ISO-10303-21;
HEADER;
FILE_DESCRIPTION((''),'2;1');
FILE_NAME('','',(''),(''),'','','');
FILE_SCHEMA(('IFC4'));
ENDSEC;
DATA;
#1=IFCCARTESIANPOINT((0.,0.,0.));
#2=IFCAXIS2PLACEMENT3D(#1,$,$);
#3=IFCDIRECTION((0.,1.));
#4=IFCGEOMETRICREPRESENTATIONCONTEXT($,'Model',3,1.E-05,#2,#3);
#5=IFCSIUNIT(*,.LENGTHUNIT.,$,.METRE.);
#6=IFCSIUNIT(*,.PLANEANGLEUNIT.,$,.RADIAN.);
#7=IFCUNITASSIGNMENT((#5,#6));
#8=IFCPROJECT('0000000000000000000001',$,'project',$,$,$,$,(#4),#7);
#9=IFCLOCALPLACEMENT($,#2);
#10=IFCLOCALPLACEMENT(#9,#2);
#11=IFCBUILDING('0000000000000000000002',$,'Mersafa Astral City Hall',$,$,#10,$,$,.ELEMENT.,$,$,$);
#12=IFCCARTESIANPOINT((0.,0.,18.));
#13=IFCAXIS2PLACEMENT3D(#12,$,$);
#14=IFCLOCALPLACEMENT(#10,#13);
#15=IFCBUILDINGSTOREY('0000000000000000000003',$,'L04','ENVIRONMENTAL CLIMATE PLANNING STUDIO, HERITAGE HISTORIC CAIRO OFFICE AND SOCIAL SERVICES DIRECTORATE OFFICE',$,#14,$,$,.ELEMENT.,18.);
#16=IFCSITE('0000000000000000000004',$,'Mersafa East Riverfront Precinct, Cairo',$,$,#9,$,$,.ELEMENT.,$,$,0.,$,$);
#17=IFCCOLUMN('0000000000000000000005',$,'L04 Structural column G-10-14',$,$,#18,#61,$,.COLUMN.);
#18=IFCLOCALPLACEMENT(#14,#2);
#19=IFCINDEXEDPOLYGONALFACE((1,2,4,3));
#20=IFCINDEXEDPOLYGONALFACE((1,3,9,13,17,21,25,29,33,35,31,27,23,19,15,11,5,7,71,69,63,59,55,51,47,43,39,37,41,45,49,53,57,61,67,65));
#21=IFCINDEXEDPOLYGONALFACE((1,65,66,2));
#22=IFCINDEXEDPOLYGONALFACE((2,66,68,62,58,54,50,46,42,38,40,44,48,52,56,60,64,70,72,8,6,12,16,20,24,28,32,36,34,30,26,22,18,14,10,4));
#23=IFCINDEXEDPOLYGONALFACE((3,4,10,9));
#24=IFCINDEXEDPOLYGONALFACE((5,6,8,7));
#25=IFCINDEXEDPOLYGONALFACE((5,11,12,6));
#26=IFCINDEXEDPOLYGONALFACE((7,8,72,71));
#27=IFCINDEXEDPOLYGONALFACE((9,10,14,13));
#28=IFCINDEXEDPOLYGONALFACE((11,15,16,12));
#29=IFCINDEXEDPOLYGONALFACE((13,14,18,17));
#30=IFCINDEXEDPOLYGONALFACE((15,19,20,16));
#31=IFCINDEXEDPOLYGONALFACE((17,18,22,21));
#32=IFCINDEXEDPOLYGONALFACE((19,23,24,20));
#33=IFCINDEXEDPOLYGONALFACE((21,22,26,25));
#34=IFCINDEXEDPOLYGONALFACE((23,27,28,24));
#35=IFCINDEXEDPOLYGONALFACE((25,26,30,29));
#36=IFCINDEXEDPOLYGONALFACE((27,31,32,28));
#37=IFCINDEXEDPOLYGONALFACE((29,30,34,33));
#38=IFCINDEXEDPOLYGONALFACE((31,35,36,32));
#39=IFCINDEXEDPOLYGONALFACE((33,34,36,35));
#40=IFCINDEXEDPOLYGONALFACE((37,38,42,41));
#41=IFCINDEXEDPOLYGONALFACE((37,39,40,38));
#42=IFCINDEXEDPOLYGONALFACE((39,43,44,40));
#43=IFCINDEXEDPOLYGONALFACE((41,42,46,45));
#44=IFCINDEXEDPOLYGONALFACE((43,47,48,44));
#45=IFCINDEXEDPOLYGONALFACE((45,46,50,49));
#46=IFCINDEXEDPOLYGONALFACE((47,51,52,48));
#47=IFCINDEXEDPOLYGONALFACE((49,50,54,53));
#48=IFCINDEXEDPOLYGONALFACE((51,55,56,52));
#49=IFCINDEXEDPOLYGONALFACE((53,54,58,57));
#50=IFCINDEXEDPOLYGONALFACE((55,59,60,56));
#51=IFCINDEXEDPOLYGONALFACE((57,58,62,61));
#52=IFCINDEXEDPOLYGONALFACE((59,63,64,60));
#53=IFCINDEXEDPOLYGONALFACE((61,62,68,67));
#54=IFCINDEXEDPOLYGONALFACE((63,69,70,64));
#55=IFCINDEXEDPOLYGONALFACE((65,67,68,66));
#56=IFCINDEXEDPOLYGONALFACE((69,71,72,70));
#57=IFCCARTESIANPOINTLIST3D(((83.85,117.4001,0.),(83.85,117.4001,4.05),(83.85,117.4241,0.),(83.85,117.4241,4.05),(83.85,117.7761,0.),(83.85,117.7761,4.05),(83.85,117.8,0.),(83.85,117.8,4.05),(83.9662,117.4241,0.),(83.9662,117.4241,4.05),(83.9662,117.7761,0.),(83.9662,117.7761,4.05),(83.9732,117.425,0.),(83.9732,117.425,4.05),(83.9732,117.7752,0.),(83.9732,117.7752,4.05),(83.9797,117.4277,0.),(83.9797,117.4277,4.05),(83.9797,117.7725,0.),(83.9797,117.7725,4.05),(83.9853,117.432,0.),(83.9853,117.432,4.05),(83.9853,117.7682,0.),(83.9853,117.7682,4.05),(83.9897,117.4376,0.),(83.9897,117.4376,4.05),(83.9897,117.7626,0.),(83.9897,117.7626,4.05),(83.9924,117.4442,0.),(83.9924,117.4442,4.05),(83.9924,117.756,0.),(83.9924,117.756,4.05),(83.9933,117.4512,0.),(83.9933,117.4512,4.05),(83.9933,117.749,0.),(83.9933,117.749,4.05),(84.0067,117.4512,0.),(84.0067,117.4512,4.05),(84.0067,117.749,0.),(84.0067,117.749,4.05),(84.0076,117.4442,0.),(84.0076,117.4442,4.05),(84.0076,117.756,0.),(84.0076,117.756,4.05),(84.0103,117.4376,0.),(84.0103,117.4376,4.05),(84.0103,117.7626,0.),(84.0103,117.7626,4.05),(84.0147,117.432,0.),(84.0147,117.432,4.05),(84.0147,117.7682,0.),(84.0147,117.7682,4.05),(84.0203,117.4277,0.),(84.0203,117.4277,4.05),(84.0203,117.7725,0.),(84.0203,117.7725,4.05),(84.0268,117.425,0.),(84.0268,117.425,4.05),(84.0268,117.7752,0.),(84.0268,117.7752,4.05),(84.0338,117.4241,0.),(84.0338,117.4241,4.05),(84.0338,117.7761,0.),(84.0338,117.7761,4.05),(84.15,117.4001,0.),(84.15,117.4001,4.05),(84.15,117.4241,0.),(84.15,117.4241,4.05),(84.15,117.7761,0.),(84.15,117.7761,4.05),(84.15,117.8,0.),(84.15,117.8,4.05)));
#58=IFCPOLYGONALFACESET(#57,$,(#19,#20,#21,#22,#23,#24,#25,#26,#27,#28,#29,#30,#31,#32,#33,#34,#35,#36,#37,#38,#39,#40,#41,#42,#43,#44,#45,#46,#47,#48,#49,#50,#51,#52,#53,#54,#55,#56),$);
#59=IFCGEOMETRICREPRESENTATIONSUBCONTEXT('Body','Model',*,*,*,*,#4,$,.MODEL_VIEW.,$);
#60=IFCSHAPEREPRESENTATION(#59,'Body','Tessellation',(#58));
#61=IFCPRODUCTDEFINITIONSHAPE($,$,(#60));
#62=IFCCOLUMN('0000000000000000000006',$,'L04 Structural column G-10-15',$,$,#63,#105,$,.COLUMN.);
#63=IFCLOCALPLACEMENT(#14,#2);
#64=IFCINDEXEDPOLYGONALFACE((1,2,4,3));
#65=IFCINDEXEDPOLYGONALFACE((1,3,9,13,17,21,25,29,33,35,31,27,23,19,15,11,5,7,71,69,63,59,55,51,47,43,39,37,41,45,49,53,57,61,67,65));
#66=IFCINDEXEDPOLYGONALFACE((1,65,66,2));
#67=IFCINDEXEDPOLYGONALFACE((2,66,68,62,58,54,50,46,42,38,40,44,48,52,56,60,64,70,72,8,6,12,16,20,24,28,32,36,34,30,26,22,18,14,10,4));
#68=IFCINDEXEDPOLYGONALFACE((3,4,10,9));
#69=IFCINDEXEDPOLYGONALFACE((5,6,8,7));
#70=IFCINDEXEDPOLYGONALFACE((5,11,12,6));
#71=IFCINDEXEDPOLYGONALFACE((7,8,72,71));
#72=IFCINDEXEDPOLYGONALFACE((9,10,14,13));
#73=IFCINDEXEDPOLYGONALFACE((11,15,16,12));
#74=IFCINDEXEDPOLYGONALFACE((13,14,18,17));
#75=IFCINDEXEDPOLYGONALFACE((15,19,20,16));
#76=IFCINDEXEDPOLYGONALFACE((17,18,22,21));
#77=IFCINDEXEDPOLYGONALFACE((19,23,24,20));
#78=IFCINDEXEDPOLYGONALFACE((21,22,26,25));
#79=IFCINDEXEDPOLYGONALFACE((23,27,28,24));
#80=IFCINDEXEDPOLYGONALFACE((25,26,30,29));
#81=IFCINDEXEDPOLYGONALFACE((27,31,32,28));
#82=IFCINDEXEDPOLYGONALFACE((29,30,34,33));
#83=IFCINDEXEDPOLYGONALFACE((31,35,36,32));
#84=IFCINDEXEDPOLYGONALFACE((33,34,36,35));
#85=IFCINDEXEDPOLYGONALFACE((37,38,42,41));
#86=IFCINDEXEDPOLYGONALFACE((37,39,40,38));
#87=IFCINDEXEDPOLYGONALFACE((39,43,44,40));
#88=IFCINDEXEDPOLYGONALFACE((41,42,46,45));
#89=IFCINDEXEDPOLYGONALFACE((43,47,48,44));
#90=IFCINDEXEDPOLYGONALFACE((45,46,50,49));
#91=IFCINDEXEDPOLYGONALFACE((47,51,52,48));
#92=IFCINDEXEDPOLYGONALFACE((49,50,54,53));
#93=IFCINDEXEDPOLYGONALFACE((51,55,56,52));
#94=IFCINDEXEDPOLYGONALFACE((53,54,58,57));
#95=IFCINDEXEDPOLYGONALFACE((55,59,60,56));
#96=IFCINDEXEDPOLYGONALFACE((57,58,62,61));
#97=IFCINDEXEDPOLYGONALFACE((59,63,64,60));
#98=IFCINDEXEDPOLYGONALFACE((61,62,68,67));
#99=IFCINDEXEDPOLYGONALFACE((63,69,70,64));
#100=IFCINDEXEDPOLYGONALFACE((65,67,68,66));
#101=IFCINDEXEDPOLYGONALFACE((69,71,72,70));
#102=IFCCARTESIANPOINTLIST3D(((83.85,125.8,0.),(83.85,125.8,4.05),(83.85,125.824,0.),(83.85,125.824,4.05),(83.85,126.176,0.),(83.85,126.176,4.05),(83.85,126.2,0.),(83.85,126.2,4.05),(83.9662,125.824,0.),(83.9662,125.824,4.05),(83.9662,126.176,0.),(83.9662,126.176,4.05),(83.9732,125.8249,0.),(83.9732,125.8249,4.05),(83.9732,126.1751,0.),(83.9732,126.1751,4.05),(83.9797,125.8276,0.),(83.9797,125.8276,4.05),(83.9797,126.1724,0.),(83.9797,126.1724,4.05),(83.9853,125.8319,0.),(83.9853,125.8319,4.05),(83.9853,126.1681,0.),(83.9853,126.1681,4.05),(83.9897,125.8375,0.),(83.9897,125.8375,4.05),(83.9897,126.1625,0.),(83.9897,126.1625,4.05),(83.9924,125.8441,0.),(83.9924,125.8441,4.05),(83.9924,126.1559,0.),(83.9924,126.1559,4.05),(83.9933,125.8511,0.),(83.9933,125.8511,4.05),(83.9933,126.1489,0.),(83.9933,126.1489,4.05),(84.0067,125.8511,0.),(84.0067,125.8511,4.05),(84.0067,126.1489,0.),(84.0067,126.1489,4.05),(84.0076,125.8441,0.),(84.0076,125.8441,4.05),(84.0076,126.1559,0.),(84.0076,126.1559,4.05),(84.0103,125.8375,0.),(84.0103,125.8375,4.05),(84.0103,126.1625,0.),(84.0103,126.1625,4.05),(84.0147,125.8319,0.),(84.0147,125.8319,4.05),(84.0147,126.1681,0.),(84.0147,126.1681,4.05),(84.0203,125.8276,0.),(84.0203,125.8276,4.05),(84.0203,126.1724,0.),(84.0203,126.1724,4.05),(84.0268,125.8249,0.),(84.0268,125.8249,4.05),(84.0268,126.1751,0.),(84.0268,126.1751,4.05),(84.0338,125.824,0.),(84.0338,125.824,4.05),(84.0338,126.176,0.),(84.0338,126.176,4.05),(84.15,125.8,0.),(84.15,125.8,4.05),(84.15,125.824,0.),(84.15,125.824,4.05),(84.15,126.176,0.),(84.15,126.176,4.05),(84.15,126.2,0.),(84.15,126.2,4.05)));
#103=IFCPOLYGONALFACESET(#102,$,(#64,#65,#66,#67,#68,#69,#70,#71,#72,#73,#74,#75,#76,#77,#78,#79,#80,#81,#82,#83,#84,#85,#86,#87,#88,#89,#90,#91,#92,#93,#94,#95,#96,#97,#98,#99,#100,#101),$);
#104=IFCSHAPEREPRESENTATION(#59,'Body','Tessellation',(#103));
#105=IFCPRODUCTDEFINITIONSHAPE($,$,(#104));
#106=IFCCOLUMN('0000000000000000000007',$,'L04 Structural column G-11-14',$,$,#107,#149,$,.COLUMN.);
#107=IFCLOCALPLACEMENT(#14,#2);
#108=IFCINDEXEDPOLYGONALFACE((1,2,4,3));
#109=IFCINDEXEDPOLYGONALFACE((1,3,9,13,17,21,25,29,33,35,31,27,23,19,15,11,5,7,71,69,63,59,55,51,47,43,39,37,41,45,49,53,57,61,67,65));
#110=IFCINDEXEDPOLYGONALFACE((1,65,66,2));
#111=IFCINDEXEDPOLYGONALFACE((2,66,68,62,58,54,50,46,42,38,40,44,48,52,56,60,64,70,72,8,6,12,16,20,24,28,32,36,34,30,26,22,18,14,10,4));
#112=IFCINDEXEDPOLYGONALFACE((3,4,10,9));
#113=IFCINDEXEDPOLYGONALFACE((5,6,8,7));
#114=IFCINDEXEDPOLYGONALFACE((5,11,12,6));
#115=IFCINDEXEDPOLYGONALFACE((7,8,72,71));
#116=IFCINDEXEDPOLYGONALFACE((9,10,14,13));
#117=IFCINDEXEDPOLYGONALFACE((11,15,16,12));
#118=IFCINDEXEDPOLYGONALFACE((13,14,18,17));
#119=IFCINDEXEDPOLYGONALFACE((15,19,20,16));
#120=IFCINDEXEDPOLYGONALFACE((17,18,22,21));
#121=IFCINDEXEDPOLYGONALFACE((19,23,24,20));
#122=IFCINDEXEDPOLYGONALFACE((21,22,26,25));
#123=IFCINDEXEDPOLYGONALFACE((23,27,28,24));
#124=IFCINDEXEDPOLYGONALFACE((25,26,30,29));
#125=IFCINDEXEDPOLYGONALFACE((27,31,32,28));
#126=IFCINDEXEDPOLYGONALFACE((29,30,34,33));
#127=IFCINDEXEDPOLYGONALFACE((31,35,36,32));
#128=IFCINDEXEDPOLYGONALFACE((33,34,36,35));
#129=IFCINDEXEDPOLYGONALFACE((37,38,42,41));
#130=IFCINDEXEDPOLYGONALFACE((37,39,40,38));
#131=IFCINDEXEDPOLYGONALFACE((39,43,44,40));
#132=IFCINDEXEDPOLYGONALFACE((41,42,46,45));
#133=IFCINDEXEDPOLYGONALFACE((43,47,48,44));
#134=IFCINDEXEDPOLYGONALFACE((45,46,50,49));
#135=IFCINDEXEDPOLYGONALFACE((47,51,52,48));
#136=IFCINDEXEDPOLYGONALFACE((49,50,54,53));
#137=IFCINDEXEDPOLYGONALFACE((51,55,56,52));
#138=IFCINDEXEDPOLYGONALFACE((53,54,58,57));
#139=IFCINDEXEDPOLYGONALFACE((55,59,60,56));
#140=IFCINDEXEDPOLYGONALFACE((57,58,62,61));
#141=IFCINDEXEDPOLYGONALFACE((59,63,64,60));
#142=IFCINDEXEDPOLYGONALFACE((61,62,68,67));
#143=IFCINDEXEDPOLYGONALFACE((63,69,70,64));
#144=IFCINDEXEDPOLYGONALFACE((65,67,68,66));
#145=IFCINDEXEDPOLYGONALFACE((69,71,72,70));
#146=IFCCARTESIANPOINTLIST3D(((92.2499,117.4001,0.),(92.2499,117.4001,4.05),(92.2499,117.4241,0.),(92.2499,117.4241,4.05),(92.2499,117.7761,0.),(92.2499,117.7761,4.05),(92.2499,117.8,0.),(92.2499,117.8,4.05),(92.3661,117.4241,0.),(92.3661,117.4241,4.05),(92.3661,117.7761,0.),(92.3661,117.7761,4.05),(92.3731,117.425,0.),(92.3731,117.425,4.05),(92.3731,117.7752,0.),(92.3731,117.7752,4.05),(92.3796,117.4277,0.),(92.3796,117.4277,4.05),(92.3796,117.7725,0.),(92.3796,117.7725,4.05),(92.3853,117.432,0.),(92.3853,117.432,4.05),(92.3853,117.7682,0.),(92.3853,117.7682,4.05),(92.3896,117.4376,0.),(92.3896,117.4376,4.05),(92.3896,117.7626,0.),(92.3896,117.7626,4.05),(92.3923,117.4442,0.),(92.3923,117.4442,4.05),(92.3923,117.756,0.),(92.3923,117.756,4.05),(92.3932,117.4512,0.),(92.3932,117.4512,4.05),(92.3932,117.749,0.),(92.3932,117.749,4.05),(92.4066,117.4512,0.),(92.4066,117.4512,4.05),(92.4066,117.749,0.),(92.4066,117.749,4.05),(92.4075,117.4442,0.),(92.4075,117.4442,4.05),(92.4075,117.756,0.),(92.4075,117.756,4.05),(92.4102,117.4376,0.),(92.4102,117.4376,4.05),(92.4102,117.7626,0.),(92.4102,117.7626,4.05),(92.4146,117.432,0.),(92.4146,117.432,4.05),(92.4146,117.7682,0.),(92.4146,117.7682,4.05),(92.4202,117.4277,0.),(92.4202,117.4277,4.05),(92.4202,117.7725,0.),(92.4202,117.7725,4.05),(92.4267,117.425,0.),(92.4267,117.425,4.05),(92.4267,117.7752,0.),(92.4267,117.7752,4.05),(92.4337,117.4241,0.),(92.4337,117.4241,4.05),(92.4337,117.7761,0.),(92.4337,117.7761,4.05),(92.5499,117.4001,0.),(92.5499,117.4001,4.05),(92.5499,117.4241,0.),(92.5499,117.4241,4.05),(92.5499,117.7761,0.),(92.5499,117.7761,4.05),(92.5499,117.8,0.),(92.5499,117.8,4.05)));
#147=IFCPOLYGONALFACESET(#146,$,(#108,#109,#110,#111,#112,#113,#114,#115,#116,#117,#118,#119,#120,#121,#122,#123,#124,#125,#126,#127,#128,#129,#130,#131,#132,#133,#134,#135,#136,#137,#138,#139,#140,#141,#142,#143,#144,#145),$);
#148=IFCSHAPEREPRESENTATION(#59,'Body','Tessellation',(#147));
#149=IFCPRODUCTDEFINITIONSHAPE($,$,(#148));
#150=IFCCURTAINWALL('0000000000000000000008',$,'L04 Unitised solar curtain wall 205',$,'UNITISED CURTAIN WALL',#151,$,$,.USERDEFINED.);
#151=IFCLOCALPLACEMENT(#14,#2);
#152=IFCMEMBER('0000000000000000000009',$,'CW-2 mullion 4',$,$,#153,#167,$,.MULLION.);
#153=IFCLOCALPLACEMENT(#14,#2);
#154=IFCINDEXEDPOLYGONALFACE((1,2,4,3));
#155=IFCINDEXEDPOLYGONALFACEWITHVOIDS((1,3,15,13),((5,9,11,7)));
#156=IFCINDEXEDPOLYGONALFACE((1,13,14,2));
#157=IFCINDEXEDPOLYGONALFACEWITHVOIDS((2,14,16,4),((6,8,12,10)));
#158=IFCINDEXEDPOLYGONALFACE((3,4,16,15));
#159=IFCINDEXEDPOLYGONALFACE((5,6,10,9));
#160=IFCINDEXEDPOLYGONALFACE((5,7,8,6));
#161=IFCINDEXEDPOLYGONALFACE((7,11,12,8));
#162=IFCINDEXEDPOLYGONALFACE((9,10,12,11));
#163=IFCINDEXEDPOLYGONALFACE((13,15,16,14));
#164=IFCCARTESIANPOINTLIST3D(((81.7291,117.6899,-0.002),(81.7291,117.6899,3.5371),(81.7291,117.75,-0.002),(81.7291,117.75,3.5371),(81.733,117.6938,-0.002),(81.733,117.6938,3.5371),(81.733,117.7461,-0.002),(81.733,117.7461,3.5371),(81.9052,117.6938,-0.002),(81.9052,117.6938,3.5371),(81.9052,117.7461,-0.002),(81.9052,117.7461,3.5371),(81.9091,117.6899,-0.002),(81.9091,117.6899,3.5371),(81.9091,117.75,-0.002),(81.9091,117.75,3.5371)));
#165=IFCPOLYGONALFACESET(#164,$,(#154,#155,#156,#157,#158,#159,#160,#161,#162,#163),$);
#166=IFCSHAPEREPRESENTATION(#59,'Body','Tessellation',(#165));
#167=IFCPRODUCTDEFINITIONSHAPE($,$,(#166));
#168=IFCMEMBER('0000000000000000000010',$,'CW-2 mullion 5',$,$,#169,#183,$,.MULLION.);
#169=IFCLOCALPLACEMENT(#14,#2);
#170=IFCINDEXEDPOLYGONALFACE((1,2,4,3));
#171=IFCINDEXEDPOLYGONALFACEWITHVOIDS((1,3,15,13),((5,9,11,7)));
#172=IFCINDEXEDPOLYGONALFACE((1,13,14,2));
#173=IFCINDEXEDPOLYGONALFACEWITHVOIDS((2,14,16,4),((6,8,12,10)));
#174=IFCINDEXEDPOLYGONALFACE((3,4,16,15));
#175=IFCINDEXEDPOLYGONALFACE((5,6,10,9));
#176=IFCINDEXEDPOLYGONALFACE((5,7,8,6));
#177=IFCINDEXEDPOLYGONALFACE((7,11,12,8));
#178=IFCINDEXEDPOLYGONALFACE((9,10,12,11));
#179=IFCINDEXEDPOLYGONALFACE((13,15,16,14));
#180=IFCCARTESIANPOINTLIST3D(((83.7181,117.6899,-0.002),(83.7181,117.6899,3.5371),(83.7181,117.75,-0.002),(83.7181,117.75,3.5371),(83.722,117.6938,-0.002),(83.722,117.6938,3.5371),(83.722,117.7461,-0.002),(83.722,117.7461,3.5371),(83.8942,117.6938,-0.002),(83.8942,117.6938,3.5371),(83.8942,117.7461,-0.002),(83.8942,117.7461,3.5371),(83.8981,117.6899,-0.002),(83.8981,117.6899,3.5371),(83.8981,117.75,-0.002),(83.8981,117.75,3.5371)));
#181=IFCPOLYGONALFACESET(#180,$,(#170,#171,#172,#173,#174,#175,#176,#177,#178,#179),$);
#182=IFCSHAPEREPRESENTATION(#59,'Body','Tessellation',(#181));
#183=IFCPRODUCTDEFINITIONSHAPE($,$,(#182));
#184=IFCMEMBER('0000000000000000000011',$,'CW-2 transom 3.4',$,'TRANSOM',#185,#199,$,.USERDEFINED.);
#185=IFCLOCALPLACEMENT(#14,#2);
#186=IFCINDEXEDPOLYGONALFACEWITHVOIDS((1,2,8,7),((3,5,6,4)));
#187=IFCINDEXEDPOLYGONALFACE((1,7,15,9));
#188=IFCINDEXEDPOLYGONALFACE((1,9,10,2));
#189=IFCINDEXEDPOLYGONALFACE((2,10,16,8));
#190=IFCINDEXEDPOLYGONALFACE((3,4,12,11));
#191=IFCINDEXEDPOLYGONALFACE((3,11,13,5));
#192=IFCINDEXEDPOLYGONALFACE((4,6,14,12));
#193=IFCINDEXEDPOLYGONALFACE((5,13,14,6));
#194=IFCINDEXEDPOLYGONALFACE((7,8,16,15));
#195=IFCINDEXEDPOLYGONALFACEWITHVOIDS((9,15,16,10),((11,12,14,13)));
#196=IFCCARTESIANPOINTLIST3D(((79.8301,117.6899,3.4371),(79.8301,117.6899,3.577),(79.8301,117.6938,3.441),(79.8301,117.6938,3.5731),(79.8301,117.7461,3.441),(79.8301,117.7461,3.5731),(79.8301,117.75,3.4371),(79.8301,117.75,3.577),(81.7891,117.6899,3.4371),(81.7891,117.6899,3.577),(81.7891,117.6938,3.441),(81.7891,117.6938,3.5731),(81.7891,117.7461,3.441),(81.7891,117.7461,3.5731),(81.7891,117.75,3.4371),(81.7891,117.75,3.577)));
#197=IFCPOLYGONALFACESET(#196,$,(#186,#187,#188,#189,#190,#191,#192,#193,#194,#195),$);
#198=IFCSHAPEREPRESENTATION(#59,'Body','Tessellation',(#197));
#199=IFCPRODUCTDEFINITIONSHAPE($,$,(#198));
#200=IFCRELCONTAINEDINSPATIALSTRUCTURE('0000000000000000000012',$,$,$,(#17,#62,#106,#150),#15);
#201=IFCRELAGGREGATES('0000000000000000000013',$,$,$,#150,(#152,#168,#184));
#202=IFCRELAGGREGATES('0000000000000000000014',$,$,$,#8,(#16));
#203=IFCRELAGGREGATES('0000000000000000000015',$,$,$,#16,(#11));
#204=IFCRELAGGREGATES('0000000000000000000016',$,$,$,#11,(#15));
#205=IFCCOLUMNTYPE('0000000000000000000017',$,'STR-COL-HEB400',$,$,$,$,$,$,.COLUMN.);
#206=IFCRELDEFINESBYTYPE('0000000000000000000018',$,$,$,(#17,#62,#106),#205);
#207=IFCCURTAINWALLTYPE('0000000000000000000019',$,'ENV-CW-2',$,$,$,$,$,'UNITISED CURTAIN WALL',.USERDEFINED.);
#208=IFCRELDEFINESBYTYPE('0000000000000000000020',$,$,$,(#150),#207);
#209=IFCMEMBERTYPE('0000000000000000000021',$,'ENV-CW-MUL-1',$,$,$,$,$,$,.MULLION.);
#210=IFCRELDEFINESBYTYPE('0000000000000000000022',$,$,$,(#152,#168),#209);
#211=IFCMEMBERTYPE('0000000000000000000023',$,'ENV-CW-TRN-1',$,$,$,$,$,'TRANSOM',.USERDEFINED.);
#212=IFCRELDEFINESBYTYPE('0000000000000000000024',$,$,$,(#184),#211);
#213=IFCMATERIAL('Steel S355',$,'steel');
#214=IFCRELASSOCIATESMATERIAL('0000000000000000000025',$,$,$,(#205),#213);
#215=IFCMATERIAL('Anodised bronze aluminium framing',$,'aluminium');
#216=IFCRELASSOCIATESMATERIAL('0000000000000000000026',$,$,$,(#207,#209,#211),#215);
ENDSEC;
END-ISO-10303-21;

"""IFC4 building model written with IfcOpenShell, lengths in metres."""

from ifc_helpers import new_model, si_unit, direction, frame, origin, origin_2d, place, context, subcontext, project, spatial, hollow_rectangle, i_section, extrude, material, material_profile, profile_set, type_object, element, aggregate, save


model = new_model("IFC4")

# Units and contexts
model_context = context("Model", 3, precision=1e-05, world=origin(), true_north=direction((0.0, 1.0)))
body_context = subcontext(model_context, "Body", "Model", "MODEL_VIEW")
ifc_project = project(units=[si_unit("LENGTHUNIT", "METRE"), si_unit("PLANEANGLEUNIT", "RADIAN")], contexts=[model_context])

# Site, building, storey
site_placement = place(None, origin())
site = spatial("IfcSite", under=ifc_project, at=site_placement, Name="Mersafa East Riverfront Precinct, Cairo", CompositionType="ELEMENT", RefElevation=0.0)
building_placement = place(site_placement, origin())
building = spatial("IfcBuilding", under=site, at=building_placement, Name="Mersafa Astral City Hall", CompositionType="ELEMENT")
storey_placement = place(building_placement, frame((0.0, 0.0, 18.0)))
storey = spatial("IfcBuildingStorey", under=building, at=storey_placement, Name="L04", Description="ENVIRONMENTAL CLIMATE PLANNING STUDIO, HERITAGE HISTORIC CAIRO OFFICE AND SOCIAL SERVICES DIRECTORATE OFFICE", CompositionType="ELEMENT", Elevation=18.0)

# Columns
ifc_material_1 = material(Name="Steel S355", Category="steel")
ifc_material_profile_1 = material_profile(ifc_material_1, i_section(OverallWidth=0.3, OverallDepth=0.3999, WebThickness=0.0134, FlangeThickness=0.0239, FilletRadius=0.0271, at=origin_2d()), Name="HEB 400")
ifc_profile_set_1 = profile_set([ifc_material_profile_1], Name="Steel S355")
column_type = type_object("IfcColumnType", Name="STR-COL-HEB400", PredefinedType="COLUMN", material=ifc_profile_set_1)
for number, where, z_axis, x_axis, name in (
    (1, (84.0, 117.6001, 0.0), (0.0, 0.0, 1.0), (1.0, 0.0, 0.0), "L04 Structural column G-10-14"),
    (2, (84.0, 126.0, 0.0), (0.0, 0.0, 1.0), (1.0, 0.0, 0.0), "L04 Structural column G-10-15"),
    (3, (92.3999, 117.6001, 0.0), (0.0, 0.0, 1.0), (1.0, 0.0, 0.0), "L04 Structural column G-11-14"),
):
    element("IfcColumn", number, at=place(storey_placement, frame(where, z_axis=z_axis, x_axis=x_axis)), inside=storey, type_object=column_type, Name=name, PredefinedType="COLUMN", context=body_context, shape_type="SweptSolid", body=[
        extrude(i_section(OverallWidth=0.3, OverallDepth=0.3999, WebThickness=0.0134, FlangeThickness=0.0239, FilletRadius=0.0271, at=origin_2d()), origin(), (0.0, 0.0, 1.0), 4.05),
    ])

# Curtain wall, members
ifc_material_2 = material(Name="Anodised bronze aluminium framing", Category="aluminium")
curtain_wall_type = type_object("IfcCurtainWallType", Name="ENV-CW-2", ElementType="UNITISED CURTAIN WALL", PredefinedType="USERDEFINED", material=ifc_material_2)
curtain_wall_placement = place(storey_placement, origin())
curtain_wall = element("IfcCurtainWall", 4, at=curtain_wall_placement, inside=storey, type_object=curtain_wall_type, Name="L04 Unitised solar curtain wall 205", ObjectType="UNITISED CURTAIN WALL", PredefinedType="USERDEFINED")
ifc_material_profile_2 = material_profile(ifc_material_2, hollow_rectangle(XDim=0.0601, YDim=0.1799, WallThickness=0.0039, at=origin_2d()), Name="RHS 60x180x4")
ifc_profile_set_2 = profile_set([ifc_material_profile_2], Name="Anodised bronze aluminium framing")
member_type_1 = type_object("IfcMemberType", Name="ENV-CW-MUL-1", PredefinedType="MULLION", material=ifc_profile_set_2)
member_1_placement = place(storey_placement, frame((81.8191, 117.72, -0.002), z_axis=(0.0, 0.0, 1.0), x_axis=(0.0, 1.0, 0.0)))
member_1 = element("IfcMember", 5, at=member_1_placement, type_object=member_type_1, Name="CW-2 mullion 4", PredefinedType="MULLION", context=body_context, shape_type="SweptSolid", body=[
    extrude(hollow_rectangle(XDim=0.0601, YDim=0.1799, WallThickness=0.0039, at=origin_2d()), origin(), (0.0, 0.0, 1.0), 3.5391),
])
member_2_placement = place(storey_placement, frame((83.8081, 117.72, -0.002), z_axis=(0.0, 0.0, 1.0), x_axis=(0.0, 1.0, 0.0)))
member_2 = element("IfcMember", 6, at=member_2_placement, type_object=member_type_1, Name="CW-2 mullion 5", PredefinedType="MULLION", context=body_context, shape_type="SweptSolid", body=[
    extrude(hollow_rectangle(XDim=0.0601, YDim=0.1799, WallThickness=0.0039, at=origin_2d()), origin(), (0.0, 0.0, 1.0), 3.5391),
])
ifc_material_profile_3 = material_profile(ifc_material_2, hollow_rectangle(XDim=0.0601, YDim=0.1399, WallThickness=0.0039, at=origin_2d()), Name="RHS 60x140x4")
ifc_profile_set_3 = profile_set([ifc_material_profile_3], Name="Anodised bronze aluminium framing")
member_type_2 = type_object("IfcMemberType", Name="ENV-CW-TRN-1", ElementType="TRANSOM", PredefinedType="USERDEFINED", material=ifc_profile_set_3)
member_3_placement = place(storey_placement, frame((79.8301, 117.72, 3.5071), z_axis=(1.0, 0.0, 0.0), x_axis=(0.0, 1.0, 0.0)))
member_3 = element("IfcMember", 7, at=member_3_placement, type_object=member_type_2, Name="CW-2 transom 3.4", ObjectType="TRANSOM", PredefinedType="USERDEFINED", context=body_context, shape_type="SweptSolid", body=[
    extrude(hollow_rectangle(XDim=0.0601, YDim=0.1399, WallThickness=0.0039, at=origin_2d()), origin(), (0.0, 0.0, 1.0), 1.959),
])

aggregate(curtain_wall, [member_1, member_2, member_3])

save(model, "model.ifc")
